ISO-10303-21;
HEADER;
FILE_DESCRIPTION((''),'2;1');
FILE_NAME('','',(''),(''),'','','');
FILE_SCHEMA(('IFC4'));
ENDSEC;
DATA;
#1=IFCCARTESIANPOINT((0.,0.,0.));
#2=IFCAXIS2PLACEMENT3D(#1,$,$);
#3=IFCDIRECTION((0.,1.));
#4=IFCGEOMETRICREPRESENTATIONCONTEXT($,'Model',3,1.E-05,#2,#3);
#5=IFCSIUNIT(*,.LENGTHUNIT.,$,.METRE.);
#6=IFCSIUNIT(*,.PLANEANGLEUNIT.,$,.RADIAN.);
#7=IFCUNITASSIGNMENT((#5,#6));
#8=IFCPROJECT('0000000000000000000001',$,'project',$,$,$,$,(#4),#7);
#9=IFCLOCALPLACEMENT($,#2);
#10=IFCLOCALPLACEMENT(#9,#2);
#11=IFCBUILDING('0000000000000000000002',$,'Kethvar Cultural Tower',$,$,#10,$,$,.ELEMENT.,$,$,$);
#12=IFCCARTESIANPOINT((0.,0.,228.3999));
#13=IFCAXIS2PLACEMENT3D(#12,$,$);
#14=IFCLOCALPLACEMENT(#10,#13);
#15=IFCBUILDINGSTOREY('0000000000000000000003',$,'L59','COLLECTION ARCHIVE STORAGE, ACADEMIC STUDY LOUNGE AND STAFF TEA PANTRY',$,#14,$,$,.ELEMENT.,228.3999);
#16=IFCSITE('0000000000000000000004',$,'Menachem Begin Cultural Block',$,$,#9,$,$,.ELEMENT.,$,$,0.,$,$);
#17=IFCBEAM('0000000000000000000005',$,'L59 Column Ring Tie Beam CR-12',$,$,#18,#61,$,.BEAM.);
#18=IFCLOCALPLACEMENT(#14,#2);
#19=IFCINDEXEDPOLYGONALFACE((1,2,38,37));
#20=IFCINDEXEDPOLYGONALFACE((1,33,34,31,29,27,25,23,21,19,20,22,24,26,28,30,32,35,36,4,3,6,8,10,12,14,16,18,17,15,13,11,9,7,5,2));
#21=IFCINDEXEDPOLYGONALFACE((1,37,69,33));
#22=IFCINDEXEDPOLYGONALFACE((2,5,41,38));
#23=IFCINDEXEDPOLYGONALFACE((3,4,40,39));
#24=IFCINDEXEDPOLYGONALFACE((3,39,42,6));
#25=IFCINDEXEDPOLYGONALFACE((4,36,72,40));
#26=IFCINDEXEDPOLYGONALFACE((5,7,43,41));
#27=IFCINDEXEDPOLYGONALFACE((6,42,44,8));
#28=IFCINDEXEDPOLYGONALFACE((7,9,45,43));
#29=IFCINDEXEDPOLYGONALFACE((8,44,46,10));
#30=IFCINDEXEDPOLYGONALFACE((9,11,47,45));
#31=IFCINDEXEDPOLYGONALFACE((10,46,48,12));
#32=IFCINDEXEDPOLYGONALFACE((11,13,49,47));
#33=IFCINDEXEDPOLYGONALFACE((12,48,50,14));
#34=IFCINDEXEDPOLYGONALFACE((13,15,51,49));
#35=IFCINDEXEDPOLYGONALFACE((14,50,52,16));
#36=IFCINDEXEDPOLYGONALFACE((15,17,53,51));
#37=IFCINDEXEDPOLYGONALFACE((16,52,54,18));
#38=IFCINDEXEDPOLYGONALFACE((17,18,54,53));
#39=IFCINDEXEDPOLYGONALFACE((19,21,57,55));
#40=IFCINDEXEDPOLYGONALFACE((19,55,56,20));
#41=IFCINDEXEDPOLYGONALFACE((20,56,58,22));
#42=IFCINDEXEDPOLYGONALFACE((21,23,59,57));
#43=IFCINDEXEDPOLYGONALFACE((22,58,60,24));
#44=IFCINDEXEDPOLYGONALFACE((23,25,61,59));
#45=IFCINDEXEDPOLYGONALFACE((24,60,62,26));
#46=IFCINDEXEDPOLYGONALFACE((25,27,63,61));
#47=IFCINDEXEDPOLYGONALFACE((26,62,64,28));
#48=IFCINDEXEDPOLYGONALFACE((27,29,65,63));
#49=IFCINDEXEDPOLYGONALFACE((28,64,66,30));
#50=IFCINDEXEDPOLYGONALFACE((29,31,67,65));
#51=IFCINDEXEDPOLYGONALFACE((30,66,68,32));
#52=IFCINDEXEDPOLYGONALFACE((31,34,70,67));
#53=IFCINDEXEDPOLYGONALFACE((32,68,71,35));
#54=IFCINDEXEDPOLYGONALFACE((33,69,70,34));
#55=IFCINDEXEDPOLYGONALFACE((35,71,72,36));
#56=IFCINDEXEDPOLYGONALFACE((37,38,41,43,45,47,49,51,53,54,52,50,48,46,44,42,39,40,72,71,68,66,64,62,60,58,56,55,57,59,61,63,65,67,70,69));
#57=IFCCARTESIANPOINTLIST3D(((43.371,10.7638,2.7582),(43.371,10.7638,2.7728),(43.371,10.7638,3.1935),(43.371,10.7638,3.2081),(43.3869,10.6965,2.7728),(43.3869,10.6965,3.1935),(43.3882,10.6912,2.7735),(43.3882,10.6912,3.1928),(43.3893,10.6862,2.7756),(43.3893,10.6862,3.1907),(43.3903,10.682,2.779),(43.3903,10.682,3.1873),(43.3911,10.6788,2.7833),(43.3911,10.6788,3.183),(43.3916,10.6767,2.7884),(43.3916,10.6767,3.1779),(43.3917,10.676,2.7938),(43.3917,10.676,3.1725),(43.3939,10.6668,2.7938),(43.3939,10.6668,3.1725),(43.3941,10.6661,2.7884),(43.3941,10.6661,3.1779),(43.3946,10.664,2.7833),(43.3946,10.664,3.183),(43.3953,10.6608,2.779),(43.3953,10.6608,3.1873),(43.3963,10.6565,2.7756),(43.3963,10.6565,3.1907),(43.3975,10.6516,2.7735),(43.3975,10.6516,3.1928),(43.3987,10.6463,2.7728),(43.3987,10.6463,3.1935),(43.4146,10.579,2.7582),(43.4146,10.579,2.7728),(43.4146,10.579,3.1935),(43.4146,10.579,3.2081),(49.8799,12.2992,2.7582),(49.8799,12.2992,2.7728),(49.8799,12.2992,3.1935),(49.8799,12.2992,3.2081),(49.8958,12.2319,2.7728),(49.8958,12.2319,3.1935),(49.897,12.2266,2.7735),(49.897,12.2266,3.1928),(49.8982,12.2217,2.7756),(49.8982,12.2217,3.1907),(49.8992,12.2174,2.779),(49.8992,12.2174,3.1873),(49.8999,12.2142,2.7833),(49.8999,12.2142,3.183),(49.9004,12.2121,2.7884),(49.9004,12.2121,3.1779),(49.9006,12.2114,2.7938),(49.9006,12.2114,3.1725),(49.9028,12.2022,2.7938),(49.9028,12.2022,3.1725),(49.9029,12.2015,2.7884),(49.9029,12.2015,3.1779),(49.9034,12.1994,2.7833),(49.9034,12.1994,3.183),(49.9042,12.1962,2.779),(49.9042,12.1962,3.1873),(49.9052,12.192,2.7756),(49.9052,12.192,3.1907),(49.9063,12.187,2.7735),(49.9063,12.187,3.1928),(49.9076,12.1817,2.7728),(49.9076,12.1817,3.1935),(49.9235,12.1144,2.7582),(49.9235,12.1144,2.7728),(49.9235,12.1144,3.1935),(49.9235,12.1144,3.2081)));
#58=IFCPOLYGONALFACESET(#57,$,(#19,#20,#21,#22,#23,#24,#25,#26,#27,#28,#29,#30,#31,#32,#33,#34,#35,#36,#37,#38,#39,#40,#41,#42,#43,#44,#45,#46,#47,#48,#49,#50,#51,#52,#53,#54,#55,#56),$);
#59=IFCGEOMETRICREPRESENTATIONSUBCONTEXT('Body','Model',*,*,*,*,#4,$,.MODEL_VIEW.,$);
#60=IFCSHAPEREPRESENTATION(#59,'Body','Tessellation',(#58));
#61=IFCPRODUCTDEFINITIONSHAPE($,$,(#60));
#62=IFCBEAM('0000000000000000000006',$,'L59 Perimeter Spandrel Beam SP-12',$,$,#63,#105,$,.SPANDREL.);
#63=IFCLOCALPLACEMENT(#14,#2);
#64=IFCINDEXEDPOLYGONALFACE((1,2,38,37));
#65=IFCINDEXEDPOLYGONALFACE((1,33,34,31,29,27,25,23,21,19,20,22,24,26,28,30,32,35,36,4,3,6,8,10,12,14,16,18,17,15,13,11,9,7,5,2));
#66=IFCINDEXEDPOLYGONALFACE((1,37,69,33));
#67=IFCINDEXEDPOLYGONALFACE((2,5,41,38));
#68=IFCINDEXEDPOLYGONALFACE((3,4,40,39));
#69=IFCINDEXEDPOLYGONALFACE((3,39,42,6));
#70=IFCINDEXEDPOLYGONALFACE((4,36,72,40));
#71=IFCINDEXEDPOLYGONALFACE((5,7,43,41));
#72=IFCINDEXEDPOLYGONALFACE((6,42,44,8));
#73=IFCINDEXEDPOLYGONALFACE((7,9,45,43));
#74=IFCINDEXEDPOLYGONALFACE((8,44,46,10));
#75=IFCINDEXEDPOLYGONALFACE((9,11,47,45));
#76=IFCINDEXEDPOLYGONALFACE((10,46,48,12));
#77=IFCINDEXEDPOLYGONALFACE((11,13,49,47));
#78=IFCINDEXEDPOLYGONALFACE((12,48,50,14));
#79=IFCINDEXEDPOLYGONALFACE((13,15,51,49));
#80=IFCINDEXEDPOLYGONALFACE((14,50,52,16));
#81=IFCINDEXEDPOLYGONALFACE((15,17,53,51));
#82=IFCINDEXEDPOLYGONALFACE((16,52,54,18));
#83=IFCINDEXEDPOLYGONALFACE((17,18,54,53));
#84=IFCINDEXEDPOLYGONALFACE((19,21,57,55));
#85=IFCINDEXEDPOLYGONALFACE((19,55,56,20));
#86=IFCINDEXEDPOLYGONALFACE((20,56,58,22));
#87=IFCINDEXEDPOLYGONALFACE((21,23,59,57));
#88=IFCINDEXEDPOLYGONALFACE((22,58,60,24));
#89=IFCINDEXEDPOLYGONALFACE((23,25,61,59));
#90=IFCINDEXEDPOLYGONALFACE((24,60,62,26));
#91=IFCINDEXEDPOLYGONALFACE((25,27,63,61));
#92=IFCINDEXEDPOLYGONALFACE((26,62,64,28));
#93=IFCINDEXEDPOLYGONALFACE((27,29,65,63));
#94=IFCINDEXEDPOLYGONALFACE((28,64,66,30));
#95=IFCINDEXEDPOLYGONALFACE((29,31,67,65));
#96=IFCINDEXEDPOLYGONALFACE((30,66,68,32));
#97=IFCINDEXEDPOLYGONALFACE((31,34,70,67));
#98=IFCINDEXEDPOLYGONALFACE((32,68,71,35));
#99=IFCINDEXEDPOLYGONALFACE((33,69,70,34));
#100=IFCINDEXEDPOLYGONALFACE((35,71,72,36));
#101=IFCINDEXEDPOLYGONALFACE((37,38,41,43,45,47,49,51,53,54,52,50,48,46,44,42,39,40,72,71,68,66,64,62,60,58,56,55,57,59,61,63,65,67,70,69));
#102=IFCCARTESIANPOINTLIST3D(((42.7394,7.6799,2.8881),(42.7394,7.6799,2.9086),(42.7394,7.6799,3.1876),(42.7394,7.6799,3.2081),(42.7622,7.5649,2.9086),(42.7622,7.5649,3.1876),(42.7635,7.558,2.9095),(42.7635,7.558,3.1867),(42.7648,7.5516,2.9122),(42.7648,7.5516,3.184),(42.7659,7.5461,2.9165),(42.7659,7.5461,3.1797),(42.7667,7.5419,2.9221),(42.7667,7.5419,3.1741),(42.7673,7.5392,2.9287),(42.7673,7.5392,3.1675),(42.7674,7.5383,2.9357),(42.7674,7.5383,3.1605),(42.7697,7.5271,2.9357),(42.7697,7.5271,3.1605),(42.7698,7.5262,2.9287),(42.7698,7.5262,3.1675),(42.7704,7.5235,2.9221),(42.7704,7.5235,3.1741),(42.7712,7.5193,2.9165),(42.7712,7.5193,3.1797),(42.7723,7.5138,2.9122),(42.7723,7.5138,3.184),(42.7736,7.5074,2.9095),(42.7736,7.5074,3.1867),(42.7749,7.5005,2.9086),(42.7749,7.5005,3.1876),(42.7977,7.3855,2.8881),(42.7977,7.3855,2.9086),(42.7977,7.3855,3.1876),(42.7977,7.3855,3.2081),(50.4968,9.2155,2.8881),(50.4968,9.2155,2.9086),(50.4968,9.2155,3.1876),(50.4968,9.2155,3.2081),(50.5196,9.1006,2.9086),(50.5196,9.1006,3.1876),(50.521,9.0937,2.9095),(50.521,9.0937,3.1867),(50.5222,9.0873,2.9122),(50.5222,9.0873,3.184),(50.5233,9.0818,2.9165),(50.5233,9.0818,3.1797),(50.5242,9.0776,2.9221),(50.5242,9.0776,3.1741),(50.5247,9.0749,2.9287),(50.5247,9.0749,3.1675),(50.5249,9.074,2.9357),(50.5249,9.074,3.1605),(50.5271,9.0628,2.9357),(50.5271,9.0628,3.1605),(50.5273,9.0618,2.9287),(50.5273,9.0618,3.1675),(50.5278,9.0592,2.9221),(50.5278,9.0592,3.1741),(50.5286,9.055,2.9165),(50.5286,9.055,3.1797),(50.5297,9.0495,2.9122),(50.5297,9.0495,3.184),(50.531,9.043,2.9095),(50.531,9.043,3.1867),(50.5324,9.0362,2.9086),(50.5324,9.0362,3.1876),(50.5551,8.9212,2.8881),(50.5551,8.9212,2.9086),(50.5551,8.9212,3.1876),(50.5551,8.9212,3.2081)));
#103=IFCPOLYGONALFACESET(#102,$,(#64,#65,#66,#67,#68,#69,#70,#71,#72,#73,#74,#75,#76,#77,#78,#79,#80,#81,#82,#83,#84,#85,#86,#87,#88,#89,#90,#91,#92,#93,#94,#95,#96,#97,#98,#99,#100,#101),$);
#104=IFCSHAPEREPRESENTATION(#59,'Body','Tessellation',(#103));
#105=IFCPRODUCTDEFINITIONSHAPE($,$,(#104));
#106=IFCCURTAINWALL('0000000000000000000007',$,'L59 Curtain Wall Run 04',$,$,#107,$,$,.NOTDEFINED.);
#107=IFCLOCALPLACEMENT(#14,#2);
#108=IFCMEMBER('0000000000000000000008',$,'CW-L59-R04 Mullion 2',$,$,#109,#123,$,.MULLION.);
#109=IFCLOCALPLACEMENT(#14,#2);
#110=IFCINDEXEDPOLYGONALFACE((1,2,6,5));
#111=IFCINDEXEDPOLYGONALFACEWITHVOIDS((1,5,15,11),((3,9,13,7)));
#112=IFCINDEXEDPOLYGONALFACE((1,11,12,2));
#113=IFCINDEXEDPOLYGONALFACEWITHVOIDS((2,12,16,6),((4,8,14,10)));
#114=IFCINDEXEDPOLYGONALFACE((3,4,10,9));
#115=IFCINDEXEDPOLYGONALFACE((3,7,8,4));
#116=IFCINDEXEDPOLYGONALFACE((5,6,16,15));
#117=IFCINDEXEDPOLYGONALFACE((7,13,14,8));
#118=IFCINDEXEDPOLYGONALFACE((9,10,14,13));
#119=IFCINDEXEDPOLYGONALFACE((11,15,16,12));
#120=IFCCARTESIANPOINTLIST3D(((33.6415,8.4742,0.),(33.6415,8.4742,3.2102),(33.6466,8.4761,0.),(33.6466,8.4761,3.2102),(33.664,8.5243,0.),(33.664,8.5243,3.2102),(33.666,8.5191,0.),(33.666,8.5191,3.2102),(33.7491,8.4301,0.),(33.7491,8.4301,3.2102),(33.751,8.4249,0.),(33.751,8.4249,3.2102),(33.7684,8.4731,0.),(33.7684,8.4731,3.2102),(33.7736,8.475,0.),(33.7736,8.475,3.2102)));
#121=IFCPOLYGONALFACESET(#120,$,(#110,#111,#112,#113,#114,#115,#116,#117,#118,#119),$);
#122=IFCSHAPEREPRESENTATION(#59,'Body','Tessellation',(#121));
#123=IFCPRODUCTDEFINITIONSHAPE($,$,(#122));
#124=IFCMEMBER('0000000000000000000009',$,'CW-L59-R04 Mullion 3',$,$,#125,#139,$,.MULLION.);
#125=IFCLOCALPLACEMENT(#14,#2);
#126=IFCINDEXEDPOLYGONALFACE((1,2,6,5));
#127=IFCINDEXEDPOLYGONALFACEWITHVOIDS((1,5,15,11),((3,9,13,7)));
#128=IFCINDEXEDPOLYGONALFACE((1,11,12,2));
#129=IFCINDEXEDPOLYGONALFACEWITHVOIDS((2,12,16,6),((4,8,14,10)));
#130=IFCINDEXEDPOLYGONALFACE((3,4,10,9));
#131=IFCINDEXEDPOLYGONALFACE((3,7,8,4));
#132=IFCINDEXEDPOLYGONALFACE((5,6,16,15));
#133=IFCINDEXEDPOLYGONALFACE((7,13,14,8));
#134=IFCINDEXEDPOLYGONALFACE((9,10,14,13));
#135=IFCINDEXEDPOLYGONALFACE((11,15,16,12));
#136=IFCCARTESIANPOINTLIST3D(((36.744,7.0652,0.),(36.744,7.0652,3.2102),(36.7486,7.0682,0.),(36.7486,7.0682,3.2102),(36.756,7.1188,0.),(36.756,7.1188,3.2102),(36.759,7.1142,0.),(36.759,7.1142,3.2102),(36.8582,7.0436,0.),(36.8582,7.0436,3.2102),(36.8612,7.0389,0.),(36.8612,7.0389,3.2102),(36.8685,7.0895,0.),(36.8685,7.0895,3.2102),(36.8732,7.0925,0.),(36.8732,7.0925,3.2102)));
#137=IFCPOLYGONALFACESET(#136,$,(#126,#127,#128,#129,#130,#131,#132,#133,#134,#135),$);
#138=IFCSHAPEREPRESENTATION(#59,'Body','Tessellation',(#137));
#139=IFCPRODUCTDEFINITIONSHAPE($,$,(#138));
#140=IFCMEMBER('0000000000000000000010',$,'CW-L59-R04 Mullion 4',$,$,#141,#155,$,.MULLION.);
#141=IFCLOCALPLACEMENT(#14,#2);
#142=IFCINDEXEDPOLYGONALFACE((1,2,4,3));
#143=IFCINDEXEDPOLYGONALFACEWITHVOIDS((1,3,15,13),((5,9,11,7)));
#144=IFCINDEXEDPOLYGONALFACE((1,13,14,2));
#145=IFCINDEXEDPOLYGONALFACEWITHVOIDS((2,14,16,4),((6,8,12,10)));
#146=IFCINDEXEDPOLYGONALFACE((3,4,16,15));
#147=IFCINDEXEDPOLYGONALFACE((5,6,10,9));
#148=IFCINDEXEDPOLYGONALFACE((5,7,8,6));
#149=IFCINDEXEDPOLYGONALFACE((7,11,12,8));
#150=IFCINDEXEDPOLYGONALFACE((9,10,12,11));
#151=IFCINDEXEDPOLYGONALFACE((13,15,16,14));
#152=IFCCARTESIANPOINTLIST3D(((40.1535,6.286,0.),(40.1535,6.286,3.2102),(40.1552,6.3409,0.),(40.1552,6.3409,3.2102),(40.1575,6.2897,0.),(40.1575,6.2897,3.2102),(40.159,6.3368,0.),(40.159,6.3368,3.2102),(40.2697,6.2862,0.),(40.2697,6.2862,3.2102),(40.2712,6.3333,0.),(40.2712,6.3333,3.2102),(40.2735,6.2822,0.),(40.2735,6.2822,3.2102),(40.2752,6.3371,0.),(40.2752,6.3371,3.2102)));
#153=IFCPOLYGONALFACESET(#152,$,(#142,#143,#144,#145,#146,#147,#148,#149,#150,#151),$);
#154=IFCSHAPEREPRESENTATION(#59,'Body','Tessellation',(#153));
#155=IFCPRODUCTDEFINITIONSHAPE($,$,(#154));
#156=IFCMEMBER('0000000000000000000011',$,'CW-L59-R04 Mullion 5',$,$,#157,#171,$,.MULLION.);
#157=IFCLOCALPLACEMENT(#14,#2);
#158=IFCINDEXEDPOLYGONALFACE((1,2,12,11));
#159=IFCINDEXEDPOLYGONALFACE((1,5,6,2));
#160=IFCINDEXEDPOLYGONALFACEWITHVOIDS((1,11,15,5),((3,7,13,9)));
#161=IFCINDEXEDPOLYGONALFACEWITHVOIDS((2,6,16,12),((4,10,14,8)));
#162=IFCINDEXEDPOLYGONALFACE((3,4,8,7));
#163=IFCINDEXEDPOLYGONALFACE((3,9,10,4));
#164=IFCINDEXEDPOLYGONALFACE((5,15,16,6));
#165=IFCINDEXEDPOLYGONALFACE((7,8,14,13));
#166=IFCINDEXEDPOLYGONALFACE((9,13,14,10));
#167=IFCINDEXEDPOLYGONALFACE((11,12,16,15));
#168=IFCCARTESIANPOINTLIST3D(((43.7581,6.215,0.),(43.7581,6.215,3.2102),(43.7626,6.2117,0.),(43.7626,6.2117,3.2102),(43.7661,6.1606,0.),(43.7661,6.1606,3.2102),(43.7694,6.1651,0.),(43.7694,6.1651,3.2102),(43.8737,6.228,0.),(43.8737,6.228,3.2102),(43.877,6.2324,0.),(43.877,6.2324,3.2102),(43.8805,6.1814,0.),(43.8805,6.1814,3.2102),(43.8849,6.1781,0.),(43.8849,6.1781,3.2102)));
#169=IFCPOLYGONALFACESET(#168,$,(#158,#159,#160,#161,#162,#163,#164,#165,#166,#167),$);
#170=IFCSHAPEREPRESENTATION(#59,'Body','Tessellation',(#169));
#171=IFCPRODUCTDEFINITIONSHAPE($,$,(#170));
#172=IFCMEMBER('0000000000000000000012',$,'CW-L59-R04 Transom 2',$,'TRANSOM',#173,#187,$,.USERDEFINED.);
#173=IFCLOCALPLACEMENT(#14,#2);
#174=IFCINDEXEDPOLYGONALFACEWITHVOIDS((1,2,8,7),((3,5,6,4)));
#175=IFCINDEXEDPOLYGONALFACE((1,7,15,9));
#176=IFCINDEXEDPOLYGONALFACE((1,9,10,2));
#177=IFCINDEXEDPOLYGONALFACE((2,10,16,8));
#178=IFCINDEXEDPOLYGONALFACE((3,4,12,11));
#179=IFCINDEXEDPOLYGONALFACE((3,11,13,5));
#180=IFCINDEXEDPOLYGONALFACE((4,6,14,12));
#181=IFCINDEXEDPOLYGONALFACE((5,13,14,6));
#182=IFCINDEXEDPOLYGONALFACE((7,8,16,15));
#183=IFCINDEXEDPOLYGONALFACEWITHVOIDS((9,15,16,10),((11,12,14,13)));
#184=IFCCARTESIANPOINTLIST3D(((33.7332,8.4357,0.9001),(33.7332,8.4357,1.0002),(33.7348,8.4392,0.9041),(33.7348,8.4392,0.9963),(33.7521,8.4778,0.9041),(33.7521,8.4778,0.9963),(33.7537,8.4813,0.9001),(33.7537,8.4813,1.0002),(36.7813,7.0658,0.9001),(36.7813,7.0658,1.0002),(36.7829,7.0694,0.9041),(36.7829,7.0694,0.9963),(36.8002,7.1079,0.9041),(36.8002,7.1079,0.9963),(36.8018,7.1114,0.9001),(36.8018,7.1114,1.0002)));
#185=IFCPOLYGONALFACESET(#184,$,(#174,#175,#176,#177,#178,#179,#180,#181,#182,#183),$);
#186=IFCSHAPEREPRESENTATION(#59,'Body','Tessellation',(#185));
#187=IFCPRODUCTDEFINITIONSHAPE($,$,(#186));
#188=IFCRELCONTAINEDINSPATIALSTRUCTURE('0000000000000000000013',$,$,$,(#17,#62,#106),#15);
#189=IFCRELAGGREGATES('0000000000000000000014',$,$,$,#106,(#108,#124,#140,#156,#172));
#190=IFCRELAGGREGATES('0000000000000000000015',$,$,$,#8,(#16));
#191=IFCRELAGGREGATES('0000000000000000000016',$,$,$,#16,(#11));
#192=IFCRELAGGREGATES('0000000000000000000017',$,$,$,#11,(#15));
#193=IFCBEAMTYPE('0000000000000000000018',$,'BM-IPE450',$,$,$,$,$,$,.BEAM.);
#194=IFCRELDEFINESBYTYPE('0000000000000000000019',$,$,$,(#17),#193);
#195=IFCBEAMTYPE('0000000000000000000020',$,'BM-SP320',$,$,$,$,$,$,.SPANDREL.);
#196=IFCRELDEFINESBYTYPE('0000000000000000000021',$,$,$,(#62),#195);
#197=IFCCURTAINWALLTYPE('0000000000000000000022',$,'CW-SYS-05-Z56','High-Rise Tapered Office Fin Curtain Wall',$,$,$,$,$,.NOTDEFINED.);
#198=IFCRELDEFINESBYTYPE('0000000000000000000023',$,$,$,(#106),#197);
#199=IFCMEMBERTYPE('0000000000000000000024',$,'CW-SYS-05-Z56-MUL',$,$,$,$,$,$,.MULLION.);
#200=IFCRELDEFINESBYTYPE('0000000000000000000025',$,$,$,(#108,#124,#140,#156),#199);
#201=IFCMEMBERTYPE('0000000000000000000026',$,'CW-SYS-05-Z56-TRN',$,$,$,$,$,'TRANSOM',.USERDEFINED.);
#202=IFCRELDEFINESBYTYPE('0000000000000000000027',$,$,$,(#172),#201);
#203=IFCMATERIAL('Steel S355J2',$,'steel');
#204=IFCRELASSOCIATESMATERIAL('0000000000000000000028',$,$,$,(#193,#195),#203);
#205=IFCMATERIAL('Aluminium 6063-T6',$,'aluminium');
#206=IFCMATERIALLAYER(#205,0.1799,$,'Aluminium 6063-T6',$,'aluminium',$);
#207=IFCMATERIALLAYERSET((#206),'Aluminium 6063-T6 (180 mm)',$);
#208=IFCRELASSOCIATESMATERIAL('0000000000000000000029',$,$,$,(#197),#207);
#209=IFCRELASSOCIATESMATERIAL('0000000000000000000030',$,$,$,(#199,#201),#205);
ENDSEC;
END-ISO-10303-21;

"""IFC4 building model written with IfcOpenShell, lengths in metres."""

from ifc_helpers import new_model, si_unit, direction, frame, origin, origin_2d, place, context, subcontext, project, spatial, hollow_rectangle, i_section, extrude, source, transform, mapped, material, layer, layer_set, material_profile, profile_set, type_object, element, aggregate, save


model = new_model("IFC4")

# Units and contexts
model_context = context("Model", 3, precision=1e-05, world=origin(), true_north=direction((0.0, 1.0)))
body_context = subcontext(model_context, "Body", "Model", "MODEL_VIEW")
ifc_project = project(units=[si_unit("LENGTHUNIT", "METRE"), si_unit("PLANEANGLEUNIT", "RADIAN")], contexts=[model_context])

# Site, building, storey
site_placement = place(None, origin())
site = spatial("IfcSite", under=ifc_project, at=site_placement, Name="Menachem Begin Cultural Block", CompositionType="ELEMENT", RefElevation=0.0)
building_placement = place(site_placement, origin())
building = spatial("IfcBuilding", under=site, at=building_placement, Name="Kethvar Cultural Tower", CompositionType="ELEMENT")
storey_placement = place(building_placement, frame((0.0, 0.0, 228.3999)))
storey = spatial("IfcBuildingStorey", under=building, at=storey_placement, Name="L59", Description="COLLECTION ARCHIVE STORAGE, ACADEMIC STUDY LOUNGE AND STAFF TEA PANTRY", CompositionType="ELEMENT", Elevation=228.3999)

# Beams
ifc_material_1 = material(Name="Steel S355J2", Category="steel")
ifc_material_profile_1 = material_profile(ifc_material_1, i_section(OverallWidth=0.1899, OverallDepth=0.45, WebThickness=0.0095, FlangeThickness=0.0146, FilletRadius=0.021, at=origin_2d()), Name="Steel S355J2 — IPE450")
ifc_profile_set_1 = profile_set([ifc_material_profile_1], Name="Steel S355J2 — IPE450")
beam_type_1 = type_object("IfcBeamType", Name="BM-IPE450", PredefinedType="BEAM", material=ifc_profile_set_1)
ifc_material_profile_2 = material_profile(ifc_material_1, i_section(OverallWidth=0.3, OverallDepth=0.3201, WebThickness=0.0115, FlangeThickness=0.0205, FilletRadius=0.0271, at=origin_2d()), Name="Steel S355J2 — HEB320")
ifc_profile_set_2 = profile_set([ifc_material_profile_2], Name="Steel S355J2 — HEB320")
beam_type_2 = type_object("IfcBeamType", Name="BM-SP320", PredefinedType="SPANDREL", material=ifc_profile_set_2)
shared_shape_1 = source(origin(), body_context, "Body", "SweptSolid", [
    extrude(i_section(OverallWidth=0.1899, OverallDepth=0.45, WebThickness=0.0095, FlangeThickness=0.0146, FilletRadius=0.021, at=origin_2d()), origin(), (0.0, 0.0, 1.0), 6.6875),
])
beam_1_placement = place(storey_placement, frame((43.3928, 10.6714, 2.9832), z_axis=(0.973286, 0.229595, 0.0), x_axis=(-0.229595, 0.973286, 0.0)))
element("IfcBeam", 1, at=beam_1_placement, inside=storey, type_object=beam_type_1, Name="L59 Column Ring Tie Beam CR-12", PredefinedType="BEAM", context=body_context, shape_type="MappedRepresentation", body=[
    mapped(shared_shape_1, transform((0.0, 0.0, 0.0), scale=1.0)),
])
shared_shape_2 = source(origin(), body_context, "Body", "SweptSolid", [
    extrude(i_section(OverallWidth=0.3, OverallDepth=0.3201, WebThickness=0.0115, FlangeThickness=0.0205, FilletRadius=0.0271, at=origin_2d()), origin(), (0.0, 0.0, 1.0), 7.908),
])
beam_2_placement = place(storey_placement, frame((42.7686, 7.5327, 3.0481), z_axis=(0.980964, 0.194192, 0.0), x_axis=(-0.194192, 0.980964, 0.0)))
element("IfcBeam", 2, at=beam_2_placement, inside=storey, type_object=beam_type_2, Name="L59 Perimeter Spandrel Beam SP-12", PredefinedType="SPANDREL", context=body_context, shape_type="MappedRepresentation", body=[
    mapped(shared_shape_2, transform((0.0, 0.0, 0.0), scale=1.0)),
])

# Curtain wall, members
ifc_material_2 = material(Name="Aluminium 6063-T6", Category="aluminium")
ifc_layer_1 = layer(ifc_material_2, 0.1799, Name="Aluminium 6063-T6", Category="aluminium")
ifc_layer_set_1 = layer_set([ifc_layer_1], Name="Aluminium 6063-T6 (180 mm)")
curtain_wall_type = type_object("IfcCurtainWallType", Name="CW-SYS-05-Z56", Description="High-Rise Tapered Office Fin Curtain Wall", PredefinedType="NOTDEFINED", material=ifc_layer_set_1)
curtain_wall_placement = place(storey_placement, origin())
curtain_wall = element("IfcCurtainWall", 3, at=curtain_wall_placement, inside=storey, type_object=curtain_wall_type, Name="L59 Curtain Wall Run 04", PredefinedType="NOTDEFINED")
ifc_material_profile_3 = material_profile(ifc_material_2, hollow_rectangle(XDim=0.0549, YDim=0.1201, WallThickness=0.0039, at=origin_2d()), Name="Aluminium 6063-T6 — RHS120x55x4")
ifc_profile_set_3 = profile_set([ifc_material_profile_3], Name="Aluminium 6063-T6 — RHS120x55x4")
member_type_1 = type_object("IfcMemberType", Name="CW-SYS-05-Z56-MUL", PredefinedType="MULLION", material=ifc_profile_set_3)
shared_shape_3 = source(origin(), body_context, "Body", "SweptSolid", [
    extrude(hollow_rectangle(XDim=0.0549, YDim=0.1201, WallThickness=0.0039, at=origin_2d()), origin(), (0.0, 0.0, 1.0), 3.2102),
])
member_1_placement = place(storey_placement, frame((33.7075, 8.4746, 0.0), z_axis=(0.0, 0.0, 1.0), x_axis=(0.409923, 0.91212, 0.0)))
member_1 = element("IfcMember", 4, at=member_1_placement, type_object=member_type_1, Name="CW-L59-R04 Mullion 2", PredefinedType="MULLION", context=body_context, shape_type="MappedRepresentation", body=[
    mapped(shared_shape_3, transform((0.0, 0.0, 0.0), scale=1.0)),
])
member_2_placement = place(storey_placement, frame((36.8086, 7.0789, 0.0), z_axis=(0.0, 0.0, 1.0), x_axis=(0.219284, 0.975661, 0.0)))
member_2 = element("IfcMember", 5, at=member_2_placement, type_object=member_type_1, Name="CW-L59-R04 Mullion 3", PredefinedType="MULLION", context=body_context, shape_type="MappedRepresentation", body=[
    mapped(shared_shape_3, transform((0.0, 0.0, 0.0), scale=1.0)),
])
member_3_placement = place(storey_placement, frame((40.2144, 6.3115, 0.0), z_axis=(0.0, 0.0, 1.0), x_axis=(0.031376, 0.999508, 0.0)))
member_3 = element("IfcMember", 6, at=member_3_placement, type_object=member_type_1, Name="CW-L59-R04 Mullion 4", PredefinedType="MULLION", context=body_context, shape_type="MappedRepresentation", body=[
    mapped(shared_shape_3, transform((0.0, 0.0, 0.0), scale=1.0)),
])
member_4_placement = place(storey_placement, frame((43.8215, 6.1965, 0.0), z_axis=(0.0, 0.0, 1.0), x_axis=(-0.145341, 0.989382, 0.0)))
member_4 = element("IfcMember", 7, at=member_4_placement, type_object=member_type_1, Name="CW-L59-R04 Mullion 5", PredefinedType="MULLION", context=body_context, shape_type="MappedRepresentation", body=[
    mapped(shared_shape_3, transform((0.0, 0.0, 0.0), scale=1.0)),
])
ifc_material_profile_4 = material_profile(ifc_material_2, hollow_rectangle(XDim=0.05, YDim=0.1001, WallThickness=0.0039, at=origin_2d()), Name="Aluminium 6063-T6 — RHS100x50x4")
ifc_profile_set_4 = profile_set([ifc_material_profile_4], Name="Aluminium 6063-T6 — RHS100x50x4")
member_type_2 = type_object("IfcMemberType", Name="CW-SYS-05-Z56-TRN", ElementType="TRANSOM", PredefinedType="USERDEFINED", material=ifc_profile_set_4)
shared_shape_4 = source(origin(), body_context, "Body", "SweptSolid", [
    extrude(hollow_rectangle(XDim=0.05, YDim=0.1001, WallThickness=0.0039, at=origin_2d()), origin(), (0.0, 0.0, 1.0), 3.3418),
])
member_5_placement = place(storey_placement, frame((33.7434, 8.4585, 0.9502), z_axis=(0.91212, -0.409924, 0.0), x_axis=(0.409924, 0.91212, 0.0)))
member_5 = element("IfcMember", 8, at=member_5_placement, type_object=member_type_2, Name="CW-L59-R04 Transom 2", ObjectType="TRANSOM", PredefinedType="USERDEFINED", context=body_context, shape_type="MappedRepresentation", body=[
    mapped(shared_shape_4, transform((0.0, 0.0, 0.0), scale=1.0)),
])
aggregate(curtain_wall, [member_1, member_2, member_3, member_4, member_5])

save(model, "model.ifc")
